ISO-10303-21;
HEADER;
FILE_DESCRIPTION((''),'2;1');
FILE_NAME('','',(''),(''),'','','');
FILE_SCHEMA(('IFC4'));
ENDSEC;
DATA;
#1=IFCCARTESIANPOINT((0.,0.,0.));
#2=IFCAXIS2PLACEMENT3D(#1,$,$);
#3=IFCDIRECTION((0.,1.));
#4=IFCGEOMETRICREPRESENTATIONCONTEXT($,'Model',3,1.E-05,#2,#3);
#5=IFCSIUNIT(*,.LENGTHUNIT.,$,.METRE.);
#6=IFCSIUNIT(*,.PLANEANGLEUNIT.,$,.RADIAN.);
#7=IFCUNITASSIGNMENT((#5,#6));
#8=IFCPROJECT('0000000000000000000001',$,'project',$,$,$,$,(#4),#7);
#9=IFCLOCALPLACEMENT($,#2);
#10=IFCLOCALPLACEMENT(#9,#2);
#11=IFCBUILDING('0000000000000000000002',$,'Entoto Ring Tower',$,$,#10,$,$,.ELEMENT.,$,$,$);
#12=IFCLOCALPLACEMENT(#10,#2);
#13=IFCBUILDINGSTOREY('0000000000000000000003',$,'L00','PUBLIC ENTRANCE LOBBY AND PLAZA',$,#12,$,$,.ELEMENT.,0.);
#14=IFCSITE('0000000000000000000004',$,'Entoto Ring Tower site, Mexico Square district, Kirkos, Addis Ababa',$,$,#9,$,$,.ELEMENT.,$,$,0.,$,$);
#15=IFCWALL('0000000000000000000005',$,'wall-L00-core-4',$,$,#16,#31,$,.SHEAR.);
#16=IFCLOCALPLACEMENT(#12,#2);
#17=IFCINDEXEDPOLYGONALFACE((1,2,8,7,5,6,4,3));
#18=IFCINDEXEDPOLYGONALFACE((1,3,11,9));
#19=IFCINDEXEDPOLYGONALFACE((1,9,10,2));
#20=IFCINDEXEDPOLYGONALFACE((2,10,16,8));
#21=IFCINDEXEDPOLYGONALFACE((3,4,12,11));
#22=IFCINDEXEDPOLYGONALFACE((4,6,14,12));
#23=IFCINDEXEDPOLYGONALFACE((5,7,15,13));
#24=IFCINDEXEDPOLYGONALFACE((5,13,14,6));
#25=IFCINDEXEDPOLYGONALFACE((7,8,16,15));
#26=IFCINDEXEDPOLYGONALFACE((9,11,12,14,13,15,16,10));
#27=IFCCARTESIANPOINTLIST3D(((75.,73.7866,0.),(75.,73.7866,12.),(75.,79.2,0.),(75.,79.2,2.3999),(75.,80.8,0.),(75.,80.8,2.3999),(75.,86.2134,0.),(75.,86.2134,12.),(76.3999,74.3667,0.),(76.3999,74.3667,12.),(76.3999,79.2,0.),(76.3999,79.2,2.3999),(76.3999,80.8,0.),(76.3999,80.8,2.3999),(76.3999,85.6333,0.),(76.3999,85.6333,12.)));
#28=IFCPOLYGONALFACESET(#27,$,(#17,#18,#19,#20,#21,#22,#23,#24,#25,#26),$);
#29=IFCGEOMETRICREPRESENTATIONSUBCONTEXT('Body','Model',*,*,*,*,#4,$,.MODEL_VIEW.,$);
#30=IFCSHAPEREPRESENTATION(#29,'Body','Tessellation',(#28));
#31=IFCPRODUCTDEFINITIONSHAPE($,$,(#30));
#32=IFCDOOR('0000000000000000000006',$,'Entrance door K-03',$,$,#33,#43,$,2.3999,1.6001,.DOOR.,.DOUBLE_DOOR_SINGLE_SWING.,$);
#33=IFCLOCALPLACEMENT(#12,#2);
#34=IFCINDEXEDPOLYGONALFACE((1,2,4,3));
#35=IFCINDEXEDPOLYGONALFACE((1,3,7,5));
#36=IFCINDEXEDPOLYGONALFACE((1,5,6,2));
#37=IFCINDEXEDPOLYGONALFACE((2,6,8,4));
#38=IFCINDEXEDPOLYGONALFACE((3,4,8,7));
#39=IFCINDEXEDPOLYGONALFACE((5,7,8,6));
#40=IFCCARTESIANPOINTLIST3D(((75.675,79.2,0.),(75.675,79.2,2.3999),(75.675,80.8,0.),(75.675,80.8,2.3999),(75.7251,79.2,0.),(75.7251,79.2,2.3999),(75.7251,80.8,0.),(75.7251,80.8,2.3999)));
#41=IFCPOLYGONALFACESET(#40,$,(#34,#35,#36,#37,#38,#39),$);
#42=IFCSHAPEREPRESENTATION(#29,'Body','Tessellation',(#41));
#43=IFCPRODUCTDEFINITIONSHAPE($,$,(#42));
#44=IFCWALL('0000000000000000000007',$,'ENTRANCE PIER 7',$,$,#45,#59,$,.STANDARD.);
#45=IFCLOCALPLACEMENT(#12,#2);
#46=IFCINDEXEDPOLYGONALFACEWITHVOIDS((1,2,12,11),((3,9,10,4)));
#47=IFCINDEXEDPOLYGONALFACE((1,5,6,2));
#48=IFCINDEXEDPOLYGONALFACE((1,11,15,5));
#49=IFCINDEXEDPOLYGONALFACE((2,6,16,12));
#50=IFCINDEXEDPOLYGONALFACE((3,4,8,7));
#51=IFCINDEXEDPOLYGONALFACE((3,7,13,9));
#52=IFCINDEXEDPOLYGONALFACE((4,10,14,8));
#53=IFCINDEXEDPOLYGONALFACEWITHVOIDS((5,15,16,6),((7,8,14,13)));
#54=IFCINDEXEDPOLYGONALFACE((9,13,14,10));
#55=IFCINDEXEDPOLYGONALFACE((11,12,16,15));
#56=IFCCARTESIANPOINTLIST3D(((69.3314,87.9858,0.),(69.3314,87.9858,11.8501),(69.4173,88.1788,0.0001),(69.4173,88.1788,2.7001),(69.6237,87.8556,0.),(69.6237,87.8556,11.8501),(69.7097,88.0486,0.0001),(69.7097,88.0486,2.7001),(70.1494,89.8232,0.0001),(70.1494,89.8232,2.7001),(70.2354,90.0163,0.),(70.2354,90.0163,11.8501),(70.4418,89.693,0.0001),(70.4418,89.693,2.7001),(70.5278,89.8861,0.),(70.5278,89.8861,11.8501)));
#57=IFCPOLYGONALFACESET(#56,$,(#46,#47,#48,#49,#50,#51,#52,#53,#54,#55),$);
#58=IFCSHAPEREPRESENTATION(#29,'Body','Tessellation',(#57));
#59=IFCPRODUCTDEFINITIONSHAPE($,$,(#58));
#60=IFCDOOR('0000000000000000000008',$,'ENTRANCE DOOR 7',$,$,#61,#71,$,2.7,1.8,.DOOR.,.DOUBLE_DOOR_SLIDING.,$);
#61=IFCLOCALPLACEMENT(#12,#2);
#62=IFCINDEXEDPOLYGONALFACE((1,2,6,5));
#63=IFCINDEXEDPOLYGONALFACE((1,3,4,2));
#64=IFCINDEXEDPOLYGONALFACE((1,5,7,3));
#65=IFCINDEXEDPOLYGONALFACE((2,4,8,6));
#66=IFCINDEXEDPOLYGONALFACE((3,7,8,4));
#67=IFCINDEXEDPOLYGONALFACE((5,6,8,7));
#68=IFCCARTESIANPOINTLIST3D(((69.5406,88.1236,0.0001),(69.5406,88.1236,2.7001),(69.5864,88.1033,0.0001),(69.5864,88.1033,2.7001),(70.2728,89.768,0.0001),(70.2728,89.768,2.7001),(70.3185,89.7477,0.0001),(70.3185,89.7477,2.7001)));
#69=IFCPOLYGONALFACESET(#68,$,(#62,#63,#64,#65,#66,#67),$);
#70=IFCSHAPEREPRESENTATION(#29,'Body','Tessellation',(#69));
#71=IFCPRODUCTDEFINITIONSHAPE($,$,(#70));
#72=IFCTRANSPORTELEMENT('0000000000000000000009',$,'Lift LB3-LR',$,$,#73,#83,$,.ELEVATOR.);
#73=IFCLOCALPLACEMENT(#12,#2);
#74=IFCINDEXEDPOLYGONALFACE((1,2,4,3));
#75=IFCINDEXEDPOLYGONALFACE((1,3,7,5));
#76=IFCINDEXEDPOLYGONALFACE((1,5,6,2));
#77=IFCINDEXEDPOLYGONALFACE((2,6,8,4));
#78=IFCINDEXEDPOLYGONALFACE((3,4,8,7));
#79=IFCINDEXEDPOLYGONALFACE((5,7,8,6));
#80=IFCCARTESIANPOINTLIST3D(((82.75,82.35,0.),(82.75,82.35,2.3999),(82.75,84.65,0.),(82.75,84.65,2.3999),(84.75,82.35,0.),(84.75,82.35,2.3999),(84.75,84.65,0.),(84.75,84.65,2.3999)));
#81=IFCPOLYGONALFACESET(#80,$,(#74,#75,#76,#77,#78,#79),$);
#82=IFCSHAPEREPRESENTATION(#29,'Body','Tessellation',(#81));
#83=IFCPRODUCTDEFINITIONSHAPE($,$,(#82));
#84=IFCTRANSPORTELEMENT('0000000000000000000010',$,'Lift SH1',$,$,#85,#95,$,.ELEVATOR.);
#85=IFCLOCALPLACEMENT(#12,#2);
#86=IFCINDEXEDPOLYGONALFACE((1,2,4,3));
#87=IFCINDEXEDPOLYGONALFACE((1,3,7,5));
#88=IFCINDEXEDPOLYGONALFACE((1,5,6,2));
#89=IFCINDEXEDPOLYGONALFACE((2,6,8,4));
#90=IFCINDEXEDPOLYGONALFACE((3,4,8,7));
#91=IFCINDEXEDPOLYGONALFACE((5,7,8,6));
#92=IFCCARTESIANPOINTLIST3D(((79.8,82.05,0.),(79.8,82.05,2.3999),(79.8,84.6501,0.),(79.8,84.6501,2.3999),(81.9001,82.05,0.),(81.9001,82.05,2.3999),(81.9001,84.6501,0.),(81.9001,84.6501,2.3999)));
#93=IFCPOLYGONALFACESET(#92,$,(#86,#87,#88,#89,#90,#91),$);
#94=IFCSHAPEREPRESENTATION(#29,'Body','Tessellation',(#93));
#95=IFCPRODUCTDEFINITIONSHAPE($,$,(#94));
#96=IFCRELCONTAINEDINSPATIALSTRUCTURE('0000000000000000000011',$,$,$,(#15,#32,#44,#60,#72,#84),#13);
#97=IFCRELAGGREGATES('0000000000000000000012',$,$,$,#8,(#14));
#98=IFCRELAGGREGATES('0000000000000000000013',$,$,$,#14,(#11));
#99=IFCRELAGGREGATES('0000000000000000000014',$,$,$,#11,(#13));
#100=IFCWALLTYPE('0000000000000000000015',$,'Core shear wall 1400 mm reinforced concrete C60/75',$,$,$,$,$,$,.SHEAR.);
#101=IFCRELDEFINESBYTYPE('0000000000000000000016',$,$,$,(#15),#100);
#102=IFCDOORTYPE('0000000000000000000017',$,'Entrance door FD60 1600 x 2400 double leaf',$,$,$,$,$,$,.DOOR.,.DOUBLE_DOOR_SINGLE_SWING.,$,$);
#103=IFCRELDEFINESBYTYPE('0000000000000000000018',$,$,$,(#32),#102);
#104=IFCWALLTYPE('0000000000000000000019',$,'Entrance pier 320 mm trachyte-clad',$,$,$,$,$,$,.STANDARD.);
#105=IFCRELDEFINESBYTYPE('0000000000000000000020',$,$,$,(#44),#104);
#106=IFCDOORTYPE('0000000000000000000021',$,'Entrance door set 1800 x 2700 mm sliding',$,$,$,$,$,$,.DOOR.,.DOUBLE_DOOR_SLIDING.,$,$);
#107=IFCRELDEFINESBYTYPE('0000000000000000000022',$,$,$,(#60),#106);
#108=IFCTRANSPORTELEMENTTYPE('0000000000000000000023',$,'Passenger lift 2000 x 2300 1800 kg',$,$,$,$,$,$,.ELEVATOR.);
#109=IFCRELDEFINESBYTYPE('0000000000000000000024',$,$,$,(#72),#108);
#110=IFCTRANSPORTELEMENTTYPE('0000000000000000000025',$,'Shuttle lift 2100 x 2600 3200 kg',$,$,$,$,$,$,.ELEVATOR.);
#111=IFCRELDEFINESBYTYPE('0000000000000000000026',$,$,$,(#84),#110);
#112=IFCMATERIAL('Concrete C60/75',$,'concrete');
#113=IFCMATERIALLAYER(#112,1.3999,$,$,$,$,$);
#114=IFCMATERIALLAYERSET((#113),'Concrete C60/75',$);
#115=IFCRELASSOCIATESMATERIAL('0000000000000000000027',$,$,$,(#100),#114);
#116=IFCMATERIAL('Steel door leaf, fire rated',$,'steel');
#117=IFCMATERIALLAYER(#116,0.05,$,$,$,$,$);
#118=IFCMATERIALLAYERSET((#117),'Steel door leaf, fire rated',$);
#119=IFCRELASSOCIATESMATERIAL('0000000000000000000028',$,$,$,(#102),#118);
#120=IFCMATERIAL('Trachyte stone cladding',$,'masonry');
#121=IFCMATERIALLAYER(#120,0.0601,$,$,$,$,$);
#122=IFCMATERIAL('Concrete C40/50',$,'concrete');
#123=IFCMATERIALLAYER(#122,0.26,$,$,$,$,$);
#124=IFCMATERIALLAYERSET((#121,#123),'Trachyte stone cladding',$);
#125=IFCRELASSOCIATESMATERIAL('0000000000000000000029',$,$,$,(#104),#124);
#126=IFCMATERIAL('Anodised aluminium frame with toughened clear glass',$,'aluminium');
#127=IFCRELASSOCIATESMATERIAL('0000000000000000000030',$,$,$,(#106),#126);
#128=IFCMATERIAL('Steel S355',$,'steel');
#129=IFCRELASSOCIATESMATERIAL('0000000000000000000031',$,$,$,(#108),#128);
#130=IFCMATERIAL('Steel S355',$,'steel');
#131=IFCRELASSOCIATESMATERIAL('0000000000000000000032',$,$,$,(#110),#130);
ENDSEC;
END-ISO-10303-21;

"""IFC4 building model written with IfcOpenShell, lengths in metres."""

from ifc_helpers import new_model, si_unit, direction, frame, frame_2d, origin, origin_2d, place, context, subcontext, project, spatial, polyline, rectangle, outline, extrude, material, layer, layer_set, type_object, element, fill, save


model = new_model("IFC4")

# Units and contexts
model_context = context("Model", 3, precision=1e-05, world=origin(), true_north=direction((0.0, 1.0)))
body_context = subcontext(model_context, "Body", "Model", "MODEL_VIEW")
ifc_project = project(units=[si_unit("LENGTHUNIT", "METRE"), si_unit("PLANEANGLEUNIT", "RADIAN")], contexts=[model_context])

# Site, building, storey
site_placement = place(None, origin())
site = spatial("IfcSite", under=ifc_project, at=site_placement, Name="Entoto Ring Tower site, Mexico Square district, Kirkos, Addis Ababa", CompositionType="ELEMENT", RefElevation=0.0)
building_placement = place(site_placement, origin())
building = spatial("IfcBuilding", under=site, at=building_placement, Name="Entoto Ring Tower", CompositionType="ELEMENT")
storey_placement = place(building_placement, origin())
storey = spatial("IfcBuildingStorey", under=building, at=storey_placement, Name="L00", Description="PUBLIC ENTRANCE LOBBY AND PLAZA", CompositionType="ELEMENT", Elevation=0.0)

# Shared definitions
ifc_material_1 = material(Name="Concrete C60/75", Category="concrete")
ifc_layer_1 = layer(ifc_material_1, 1.3999)
ifc_layer_set_1 = layer_set([ifc_layer_1], Name="Concrete C60/75")
wall_type_1 = type_object("IfcWallType", Name="Core shear wall 1400 mm reinforced concrete C60/75", PredefinedType="SHEAR", material=ifc_layer_set_1)

# Walls, openings, doors
wall_1_placement = place(storey_placement, frame((75.7, 85.9233, 0.0), z_axis=(0.0, 0.0, 1.0), x_axis=(0.0, -1.0, 0.0)))
wall_1 = element("IfcWall", 1, at=wall_1_placement, inside=storey, type_object=wall_type_1, Name="wall-L00-core-4", PredefinedType="SHEAR", context=body_context, shape_type="SweptSolid", body=[
    extrude(outline(polyline([(-0.29, -0.7), (12.1367, -0.7), (11.5566, 0.7), (0.29, 0.7), (-0.29, -0.7)])), origin(), (0.0, 0.0, 1.0), 12.0),
])
opening_1_placement = place(wall_1_placement, frame((5.1233, 0.0, 0.0)))
opening_1 = element("IfcOpeningElement", 2, at=opening_1_placement, cuts=wall_1, PredefinedType="OPENING", context=body_context, shape_type="SweptSolid", body=[
    extrude(rectangle(XDim=1.6001, YDim=2.3999, at=frame_2d((0.8, 1.2))), frame((0.0, 0.71, 0.0), z_axis=(0.0, -1.0, 0.0), x_axis=(1.0, 0.0, 0.0)), (0.0, 0.0, 1.0), 1.4199),
])
ifc_material_2 = material(Name="Steel door leaf, fire rated", Category="steel")
ifc_layer_2 = layer(ifc_material_2, 0.05)
ifc_layer_set_2 = layer_set([ifc_layer_2], Name="Steel door leaf, fire rated")
door_type_1 = type_object("IfcDoorType", Name="Entrance door FD60 1600 x 2400 double leaf", OperationType="DOUBLE_DOOR_SINGLE_SWING", PredefinedType="DOOR", material=ifc_layer_set_2)
door_1_placement = place(opening_1_placement, frame((1.6001, 0.0, 0.0), z_axis=(0.0, 0.0, 1.0), x_axis=(-1.0, 0.0, 0.0)))
door_1 = element("IfcDoor", 3, at=door_1_placement, inside=storey, type_object=door_type_1, Name="Entrance door K-03", OperationType="DOUBLE_DOOR_SINGLE_SWING", OverallHeight=2.3999, OverallWidth=1.6001, PredefinedType="DOOR", context=body_context, shape_type="SweptSolid", body=[
    extrude(rectangle(XDim=1.6001, YDim=2.3999, at=frame_2d((0.8, 1.2))), frame((0.0, 0.0249, 0.0), z_axis=(0.0, -1.0, 0.0), x_axis=(1.0, 0.0, 0.0)), (0.0, 0.0, 1.0), 0.05),
])
fill(opening_1, door_1)
ifc_material_3 = material(Name="Trachyte stone cladding", Category="masonry")
ifc_layer_3 = layer(ifc_material_3, 0.0601)
ifc_material_4 = material(Name="Concrete C40/50", Category="concrete")
ifc_layer_4 = layer(ifc_material_4, 0.26)
ifc_layer_set_3 = layer_set([ifc_layer_3, ifc_layer_4], Name="Trachyte stone cladding")
wall_type_2 = type_object("IfcWallType", Name="Entrance pier 320 mm trachyte-clad", PredefinedType="STANDARD", material=ifc_layer_set_3)
wall_2_placement = place(storey_placement, frame((70.3816, 89.9512, 0.0), z_axis=(0.0, 0.0, 1.0), x_axis=(-0.40674, -0.913544, 0.0)))
wall_2 = element("IfcWall", 4, at=wall_2_placement, inside=storey, type_object=wall_type_2, Name="ENTRANCE PIER 7", PredefinedType="STANDARD", context=body_context, shape_type="SweptSolid", body=[
    extrude(rectangle(XDim=2.2227, YDim=0.3201, at=frame_2d((1.1113, 0.0))), origin(), (0.0, 0.0, 1.0), 11.8501),
])
opening_2_placement = place(wall_2_placement, frame((0.2114, 0.0, 0.0)))
opening_2 = element("IfcOpeningElement", 5, at=opening_2_placement, cuts=wall_2, PredefinedType="OPENING", context=body_context, shape_type="SweptSolid", body=[
    extrude(rectangle(XDim=1.8, YDim=2.7, at=frame_2d((0.8999, 1.3501))), frame((0.0, 0.1699, 0.0), z_axis=(0.0, -1.0, 0.0), x_axis=(1.0, 0.0, 0.0)), (0.0, 0.0, 1.0), 0.3401),
])
ifc_material_5 = material(Name="Anodised aluminium frame with toughened clear glass", Category="aluminium")
door_type_2 = type_object("IfcDoorType", Name="Entrance door set 1800 x 2700 mm sliding", OperationType="DOUBLE_DOOR_SLIDING", PredefinedType="DOOR", material=ifc_material_5)
door_2_placement = place(opening_2_placement, frame((1.8, 0.0, 0.0), z_axis=(0.0, 0.0, 1.0), x_axis=(-1.0, 0.0, 0.0)))
door_2 = element("IfcDoor", 6, at=door_2_placement, inside=storey, type_object=door_type_2, Name="ENTRANCE DOOR 7", OperationType="DOUBLE_DOOR_SLIDING", OverallHeight=2.7, OverallWidth=1.8, PredefinedType="DOOR", context=body_context, shape_type="SweptSolid", body=[
    extrude(rectangle(XDim=1.8, YDim=2.7, at=frame_2d((0.8999, 1.3501))), frame((0.0, 0.0249, 0.0), z_axis=(0.0, -1.0, 0.0), x_axis=(1.0, 0.0, 0.0)), (0.0, 0.0, 1.0), 0.05),
])
fill(opening_2, door_2)

# Transport elements
ifc_material_6 = material(Name="Steel S355", Category="steel")
transport_element_type_1 = type_object("IfcTransportElementType", Name="Passenger lift 2000 x 2300 1800 kg", PredefinedType="ELEVATOR", material=ifc_material_6)
transport_element_1_placement = place(storey_placement, frame((83.75, 83.5, 0.0), z_axis=(0.0, 0.0, 1.0), x_axis=(1.0, 0.0, 0.0)))
element("IfcTransportElement", 7, at=transport_element_1_placement, inside=storey, type_object=transport_element_type_1, Name="Lift LB3-LR", PredefinedType="ELEVATOR", context=body_context, shape_type="SweptSolid", body=[
    extrude(rectangle(XDim=2.0, YDim=2.3, at=origin_2d()), origin(), (0.0, 0.0, 1.0), 2.3999),
])
ifc_material_7 = material(Name="Steel S355", Category="steel")
transport_element_type_2 = type_object("IfcTransportElementType", Name="Shuttle lift 2100 x 2600 3200 kg", PredefinedType="ELEVATOR", material=ifc_material_7)
transport_element_2_placement = place(storey_placement, frame((80.8501, 83.3501, 0.0), z_axis=(0.0, 0.0, 1.0), x_axis=(1.0, 0.0, 0.0)))
element("IfcTransportElement", 8, at=transport_element_2_placement, inside=storey, type_object=transport_element_type_2, Name="Lift SH1", PredefinedType="ELEVATOR", context=body_context, shape_type="SweptSolid", body=[
    extrude(rectangle(XDim=2.1001, YDim=2.6001, at=origin_2d()), origin(), (0.0, 0.0, 1.0), 2.3999),
])

save(model, "model.ifc")
